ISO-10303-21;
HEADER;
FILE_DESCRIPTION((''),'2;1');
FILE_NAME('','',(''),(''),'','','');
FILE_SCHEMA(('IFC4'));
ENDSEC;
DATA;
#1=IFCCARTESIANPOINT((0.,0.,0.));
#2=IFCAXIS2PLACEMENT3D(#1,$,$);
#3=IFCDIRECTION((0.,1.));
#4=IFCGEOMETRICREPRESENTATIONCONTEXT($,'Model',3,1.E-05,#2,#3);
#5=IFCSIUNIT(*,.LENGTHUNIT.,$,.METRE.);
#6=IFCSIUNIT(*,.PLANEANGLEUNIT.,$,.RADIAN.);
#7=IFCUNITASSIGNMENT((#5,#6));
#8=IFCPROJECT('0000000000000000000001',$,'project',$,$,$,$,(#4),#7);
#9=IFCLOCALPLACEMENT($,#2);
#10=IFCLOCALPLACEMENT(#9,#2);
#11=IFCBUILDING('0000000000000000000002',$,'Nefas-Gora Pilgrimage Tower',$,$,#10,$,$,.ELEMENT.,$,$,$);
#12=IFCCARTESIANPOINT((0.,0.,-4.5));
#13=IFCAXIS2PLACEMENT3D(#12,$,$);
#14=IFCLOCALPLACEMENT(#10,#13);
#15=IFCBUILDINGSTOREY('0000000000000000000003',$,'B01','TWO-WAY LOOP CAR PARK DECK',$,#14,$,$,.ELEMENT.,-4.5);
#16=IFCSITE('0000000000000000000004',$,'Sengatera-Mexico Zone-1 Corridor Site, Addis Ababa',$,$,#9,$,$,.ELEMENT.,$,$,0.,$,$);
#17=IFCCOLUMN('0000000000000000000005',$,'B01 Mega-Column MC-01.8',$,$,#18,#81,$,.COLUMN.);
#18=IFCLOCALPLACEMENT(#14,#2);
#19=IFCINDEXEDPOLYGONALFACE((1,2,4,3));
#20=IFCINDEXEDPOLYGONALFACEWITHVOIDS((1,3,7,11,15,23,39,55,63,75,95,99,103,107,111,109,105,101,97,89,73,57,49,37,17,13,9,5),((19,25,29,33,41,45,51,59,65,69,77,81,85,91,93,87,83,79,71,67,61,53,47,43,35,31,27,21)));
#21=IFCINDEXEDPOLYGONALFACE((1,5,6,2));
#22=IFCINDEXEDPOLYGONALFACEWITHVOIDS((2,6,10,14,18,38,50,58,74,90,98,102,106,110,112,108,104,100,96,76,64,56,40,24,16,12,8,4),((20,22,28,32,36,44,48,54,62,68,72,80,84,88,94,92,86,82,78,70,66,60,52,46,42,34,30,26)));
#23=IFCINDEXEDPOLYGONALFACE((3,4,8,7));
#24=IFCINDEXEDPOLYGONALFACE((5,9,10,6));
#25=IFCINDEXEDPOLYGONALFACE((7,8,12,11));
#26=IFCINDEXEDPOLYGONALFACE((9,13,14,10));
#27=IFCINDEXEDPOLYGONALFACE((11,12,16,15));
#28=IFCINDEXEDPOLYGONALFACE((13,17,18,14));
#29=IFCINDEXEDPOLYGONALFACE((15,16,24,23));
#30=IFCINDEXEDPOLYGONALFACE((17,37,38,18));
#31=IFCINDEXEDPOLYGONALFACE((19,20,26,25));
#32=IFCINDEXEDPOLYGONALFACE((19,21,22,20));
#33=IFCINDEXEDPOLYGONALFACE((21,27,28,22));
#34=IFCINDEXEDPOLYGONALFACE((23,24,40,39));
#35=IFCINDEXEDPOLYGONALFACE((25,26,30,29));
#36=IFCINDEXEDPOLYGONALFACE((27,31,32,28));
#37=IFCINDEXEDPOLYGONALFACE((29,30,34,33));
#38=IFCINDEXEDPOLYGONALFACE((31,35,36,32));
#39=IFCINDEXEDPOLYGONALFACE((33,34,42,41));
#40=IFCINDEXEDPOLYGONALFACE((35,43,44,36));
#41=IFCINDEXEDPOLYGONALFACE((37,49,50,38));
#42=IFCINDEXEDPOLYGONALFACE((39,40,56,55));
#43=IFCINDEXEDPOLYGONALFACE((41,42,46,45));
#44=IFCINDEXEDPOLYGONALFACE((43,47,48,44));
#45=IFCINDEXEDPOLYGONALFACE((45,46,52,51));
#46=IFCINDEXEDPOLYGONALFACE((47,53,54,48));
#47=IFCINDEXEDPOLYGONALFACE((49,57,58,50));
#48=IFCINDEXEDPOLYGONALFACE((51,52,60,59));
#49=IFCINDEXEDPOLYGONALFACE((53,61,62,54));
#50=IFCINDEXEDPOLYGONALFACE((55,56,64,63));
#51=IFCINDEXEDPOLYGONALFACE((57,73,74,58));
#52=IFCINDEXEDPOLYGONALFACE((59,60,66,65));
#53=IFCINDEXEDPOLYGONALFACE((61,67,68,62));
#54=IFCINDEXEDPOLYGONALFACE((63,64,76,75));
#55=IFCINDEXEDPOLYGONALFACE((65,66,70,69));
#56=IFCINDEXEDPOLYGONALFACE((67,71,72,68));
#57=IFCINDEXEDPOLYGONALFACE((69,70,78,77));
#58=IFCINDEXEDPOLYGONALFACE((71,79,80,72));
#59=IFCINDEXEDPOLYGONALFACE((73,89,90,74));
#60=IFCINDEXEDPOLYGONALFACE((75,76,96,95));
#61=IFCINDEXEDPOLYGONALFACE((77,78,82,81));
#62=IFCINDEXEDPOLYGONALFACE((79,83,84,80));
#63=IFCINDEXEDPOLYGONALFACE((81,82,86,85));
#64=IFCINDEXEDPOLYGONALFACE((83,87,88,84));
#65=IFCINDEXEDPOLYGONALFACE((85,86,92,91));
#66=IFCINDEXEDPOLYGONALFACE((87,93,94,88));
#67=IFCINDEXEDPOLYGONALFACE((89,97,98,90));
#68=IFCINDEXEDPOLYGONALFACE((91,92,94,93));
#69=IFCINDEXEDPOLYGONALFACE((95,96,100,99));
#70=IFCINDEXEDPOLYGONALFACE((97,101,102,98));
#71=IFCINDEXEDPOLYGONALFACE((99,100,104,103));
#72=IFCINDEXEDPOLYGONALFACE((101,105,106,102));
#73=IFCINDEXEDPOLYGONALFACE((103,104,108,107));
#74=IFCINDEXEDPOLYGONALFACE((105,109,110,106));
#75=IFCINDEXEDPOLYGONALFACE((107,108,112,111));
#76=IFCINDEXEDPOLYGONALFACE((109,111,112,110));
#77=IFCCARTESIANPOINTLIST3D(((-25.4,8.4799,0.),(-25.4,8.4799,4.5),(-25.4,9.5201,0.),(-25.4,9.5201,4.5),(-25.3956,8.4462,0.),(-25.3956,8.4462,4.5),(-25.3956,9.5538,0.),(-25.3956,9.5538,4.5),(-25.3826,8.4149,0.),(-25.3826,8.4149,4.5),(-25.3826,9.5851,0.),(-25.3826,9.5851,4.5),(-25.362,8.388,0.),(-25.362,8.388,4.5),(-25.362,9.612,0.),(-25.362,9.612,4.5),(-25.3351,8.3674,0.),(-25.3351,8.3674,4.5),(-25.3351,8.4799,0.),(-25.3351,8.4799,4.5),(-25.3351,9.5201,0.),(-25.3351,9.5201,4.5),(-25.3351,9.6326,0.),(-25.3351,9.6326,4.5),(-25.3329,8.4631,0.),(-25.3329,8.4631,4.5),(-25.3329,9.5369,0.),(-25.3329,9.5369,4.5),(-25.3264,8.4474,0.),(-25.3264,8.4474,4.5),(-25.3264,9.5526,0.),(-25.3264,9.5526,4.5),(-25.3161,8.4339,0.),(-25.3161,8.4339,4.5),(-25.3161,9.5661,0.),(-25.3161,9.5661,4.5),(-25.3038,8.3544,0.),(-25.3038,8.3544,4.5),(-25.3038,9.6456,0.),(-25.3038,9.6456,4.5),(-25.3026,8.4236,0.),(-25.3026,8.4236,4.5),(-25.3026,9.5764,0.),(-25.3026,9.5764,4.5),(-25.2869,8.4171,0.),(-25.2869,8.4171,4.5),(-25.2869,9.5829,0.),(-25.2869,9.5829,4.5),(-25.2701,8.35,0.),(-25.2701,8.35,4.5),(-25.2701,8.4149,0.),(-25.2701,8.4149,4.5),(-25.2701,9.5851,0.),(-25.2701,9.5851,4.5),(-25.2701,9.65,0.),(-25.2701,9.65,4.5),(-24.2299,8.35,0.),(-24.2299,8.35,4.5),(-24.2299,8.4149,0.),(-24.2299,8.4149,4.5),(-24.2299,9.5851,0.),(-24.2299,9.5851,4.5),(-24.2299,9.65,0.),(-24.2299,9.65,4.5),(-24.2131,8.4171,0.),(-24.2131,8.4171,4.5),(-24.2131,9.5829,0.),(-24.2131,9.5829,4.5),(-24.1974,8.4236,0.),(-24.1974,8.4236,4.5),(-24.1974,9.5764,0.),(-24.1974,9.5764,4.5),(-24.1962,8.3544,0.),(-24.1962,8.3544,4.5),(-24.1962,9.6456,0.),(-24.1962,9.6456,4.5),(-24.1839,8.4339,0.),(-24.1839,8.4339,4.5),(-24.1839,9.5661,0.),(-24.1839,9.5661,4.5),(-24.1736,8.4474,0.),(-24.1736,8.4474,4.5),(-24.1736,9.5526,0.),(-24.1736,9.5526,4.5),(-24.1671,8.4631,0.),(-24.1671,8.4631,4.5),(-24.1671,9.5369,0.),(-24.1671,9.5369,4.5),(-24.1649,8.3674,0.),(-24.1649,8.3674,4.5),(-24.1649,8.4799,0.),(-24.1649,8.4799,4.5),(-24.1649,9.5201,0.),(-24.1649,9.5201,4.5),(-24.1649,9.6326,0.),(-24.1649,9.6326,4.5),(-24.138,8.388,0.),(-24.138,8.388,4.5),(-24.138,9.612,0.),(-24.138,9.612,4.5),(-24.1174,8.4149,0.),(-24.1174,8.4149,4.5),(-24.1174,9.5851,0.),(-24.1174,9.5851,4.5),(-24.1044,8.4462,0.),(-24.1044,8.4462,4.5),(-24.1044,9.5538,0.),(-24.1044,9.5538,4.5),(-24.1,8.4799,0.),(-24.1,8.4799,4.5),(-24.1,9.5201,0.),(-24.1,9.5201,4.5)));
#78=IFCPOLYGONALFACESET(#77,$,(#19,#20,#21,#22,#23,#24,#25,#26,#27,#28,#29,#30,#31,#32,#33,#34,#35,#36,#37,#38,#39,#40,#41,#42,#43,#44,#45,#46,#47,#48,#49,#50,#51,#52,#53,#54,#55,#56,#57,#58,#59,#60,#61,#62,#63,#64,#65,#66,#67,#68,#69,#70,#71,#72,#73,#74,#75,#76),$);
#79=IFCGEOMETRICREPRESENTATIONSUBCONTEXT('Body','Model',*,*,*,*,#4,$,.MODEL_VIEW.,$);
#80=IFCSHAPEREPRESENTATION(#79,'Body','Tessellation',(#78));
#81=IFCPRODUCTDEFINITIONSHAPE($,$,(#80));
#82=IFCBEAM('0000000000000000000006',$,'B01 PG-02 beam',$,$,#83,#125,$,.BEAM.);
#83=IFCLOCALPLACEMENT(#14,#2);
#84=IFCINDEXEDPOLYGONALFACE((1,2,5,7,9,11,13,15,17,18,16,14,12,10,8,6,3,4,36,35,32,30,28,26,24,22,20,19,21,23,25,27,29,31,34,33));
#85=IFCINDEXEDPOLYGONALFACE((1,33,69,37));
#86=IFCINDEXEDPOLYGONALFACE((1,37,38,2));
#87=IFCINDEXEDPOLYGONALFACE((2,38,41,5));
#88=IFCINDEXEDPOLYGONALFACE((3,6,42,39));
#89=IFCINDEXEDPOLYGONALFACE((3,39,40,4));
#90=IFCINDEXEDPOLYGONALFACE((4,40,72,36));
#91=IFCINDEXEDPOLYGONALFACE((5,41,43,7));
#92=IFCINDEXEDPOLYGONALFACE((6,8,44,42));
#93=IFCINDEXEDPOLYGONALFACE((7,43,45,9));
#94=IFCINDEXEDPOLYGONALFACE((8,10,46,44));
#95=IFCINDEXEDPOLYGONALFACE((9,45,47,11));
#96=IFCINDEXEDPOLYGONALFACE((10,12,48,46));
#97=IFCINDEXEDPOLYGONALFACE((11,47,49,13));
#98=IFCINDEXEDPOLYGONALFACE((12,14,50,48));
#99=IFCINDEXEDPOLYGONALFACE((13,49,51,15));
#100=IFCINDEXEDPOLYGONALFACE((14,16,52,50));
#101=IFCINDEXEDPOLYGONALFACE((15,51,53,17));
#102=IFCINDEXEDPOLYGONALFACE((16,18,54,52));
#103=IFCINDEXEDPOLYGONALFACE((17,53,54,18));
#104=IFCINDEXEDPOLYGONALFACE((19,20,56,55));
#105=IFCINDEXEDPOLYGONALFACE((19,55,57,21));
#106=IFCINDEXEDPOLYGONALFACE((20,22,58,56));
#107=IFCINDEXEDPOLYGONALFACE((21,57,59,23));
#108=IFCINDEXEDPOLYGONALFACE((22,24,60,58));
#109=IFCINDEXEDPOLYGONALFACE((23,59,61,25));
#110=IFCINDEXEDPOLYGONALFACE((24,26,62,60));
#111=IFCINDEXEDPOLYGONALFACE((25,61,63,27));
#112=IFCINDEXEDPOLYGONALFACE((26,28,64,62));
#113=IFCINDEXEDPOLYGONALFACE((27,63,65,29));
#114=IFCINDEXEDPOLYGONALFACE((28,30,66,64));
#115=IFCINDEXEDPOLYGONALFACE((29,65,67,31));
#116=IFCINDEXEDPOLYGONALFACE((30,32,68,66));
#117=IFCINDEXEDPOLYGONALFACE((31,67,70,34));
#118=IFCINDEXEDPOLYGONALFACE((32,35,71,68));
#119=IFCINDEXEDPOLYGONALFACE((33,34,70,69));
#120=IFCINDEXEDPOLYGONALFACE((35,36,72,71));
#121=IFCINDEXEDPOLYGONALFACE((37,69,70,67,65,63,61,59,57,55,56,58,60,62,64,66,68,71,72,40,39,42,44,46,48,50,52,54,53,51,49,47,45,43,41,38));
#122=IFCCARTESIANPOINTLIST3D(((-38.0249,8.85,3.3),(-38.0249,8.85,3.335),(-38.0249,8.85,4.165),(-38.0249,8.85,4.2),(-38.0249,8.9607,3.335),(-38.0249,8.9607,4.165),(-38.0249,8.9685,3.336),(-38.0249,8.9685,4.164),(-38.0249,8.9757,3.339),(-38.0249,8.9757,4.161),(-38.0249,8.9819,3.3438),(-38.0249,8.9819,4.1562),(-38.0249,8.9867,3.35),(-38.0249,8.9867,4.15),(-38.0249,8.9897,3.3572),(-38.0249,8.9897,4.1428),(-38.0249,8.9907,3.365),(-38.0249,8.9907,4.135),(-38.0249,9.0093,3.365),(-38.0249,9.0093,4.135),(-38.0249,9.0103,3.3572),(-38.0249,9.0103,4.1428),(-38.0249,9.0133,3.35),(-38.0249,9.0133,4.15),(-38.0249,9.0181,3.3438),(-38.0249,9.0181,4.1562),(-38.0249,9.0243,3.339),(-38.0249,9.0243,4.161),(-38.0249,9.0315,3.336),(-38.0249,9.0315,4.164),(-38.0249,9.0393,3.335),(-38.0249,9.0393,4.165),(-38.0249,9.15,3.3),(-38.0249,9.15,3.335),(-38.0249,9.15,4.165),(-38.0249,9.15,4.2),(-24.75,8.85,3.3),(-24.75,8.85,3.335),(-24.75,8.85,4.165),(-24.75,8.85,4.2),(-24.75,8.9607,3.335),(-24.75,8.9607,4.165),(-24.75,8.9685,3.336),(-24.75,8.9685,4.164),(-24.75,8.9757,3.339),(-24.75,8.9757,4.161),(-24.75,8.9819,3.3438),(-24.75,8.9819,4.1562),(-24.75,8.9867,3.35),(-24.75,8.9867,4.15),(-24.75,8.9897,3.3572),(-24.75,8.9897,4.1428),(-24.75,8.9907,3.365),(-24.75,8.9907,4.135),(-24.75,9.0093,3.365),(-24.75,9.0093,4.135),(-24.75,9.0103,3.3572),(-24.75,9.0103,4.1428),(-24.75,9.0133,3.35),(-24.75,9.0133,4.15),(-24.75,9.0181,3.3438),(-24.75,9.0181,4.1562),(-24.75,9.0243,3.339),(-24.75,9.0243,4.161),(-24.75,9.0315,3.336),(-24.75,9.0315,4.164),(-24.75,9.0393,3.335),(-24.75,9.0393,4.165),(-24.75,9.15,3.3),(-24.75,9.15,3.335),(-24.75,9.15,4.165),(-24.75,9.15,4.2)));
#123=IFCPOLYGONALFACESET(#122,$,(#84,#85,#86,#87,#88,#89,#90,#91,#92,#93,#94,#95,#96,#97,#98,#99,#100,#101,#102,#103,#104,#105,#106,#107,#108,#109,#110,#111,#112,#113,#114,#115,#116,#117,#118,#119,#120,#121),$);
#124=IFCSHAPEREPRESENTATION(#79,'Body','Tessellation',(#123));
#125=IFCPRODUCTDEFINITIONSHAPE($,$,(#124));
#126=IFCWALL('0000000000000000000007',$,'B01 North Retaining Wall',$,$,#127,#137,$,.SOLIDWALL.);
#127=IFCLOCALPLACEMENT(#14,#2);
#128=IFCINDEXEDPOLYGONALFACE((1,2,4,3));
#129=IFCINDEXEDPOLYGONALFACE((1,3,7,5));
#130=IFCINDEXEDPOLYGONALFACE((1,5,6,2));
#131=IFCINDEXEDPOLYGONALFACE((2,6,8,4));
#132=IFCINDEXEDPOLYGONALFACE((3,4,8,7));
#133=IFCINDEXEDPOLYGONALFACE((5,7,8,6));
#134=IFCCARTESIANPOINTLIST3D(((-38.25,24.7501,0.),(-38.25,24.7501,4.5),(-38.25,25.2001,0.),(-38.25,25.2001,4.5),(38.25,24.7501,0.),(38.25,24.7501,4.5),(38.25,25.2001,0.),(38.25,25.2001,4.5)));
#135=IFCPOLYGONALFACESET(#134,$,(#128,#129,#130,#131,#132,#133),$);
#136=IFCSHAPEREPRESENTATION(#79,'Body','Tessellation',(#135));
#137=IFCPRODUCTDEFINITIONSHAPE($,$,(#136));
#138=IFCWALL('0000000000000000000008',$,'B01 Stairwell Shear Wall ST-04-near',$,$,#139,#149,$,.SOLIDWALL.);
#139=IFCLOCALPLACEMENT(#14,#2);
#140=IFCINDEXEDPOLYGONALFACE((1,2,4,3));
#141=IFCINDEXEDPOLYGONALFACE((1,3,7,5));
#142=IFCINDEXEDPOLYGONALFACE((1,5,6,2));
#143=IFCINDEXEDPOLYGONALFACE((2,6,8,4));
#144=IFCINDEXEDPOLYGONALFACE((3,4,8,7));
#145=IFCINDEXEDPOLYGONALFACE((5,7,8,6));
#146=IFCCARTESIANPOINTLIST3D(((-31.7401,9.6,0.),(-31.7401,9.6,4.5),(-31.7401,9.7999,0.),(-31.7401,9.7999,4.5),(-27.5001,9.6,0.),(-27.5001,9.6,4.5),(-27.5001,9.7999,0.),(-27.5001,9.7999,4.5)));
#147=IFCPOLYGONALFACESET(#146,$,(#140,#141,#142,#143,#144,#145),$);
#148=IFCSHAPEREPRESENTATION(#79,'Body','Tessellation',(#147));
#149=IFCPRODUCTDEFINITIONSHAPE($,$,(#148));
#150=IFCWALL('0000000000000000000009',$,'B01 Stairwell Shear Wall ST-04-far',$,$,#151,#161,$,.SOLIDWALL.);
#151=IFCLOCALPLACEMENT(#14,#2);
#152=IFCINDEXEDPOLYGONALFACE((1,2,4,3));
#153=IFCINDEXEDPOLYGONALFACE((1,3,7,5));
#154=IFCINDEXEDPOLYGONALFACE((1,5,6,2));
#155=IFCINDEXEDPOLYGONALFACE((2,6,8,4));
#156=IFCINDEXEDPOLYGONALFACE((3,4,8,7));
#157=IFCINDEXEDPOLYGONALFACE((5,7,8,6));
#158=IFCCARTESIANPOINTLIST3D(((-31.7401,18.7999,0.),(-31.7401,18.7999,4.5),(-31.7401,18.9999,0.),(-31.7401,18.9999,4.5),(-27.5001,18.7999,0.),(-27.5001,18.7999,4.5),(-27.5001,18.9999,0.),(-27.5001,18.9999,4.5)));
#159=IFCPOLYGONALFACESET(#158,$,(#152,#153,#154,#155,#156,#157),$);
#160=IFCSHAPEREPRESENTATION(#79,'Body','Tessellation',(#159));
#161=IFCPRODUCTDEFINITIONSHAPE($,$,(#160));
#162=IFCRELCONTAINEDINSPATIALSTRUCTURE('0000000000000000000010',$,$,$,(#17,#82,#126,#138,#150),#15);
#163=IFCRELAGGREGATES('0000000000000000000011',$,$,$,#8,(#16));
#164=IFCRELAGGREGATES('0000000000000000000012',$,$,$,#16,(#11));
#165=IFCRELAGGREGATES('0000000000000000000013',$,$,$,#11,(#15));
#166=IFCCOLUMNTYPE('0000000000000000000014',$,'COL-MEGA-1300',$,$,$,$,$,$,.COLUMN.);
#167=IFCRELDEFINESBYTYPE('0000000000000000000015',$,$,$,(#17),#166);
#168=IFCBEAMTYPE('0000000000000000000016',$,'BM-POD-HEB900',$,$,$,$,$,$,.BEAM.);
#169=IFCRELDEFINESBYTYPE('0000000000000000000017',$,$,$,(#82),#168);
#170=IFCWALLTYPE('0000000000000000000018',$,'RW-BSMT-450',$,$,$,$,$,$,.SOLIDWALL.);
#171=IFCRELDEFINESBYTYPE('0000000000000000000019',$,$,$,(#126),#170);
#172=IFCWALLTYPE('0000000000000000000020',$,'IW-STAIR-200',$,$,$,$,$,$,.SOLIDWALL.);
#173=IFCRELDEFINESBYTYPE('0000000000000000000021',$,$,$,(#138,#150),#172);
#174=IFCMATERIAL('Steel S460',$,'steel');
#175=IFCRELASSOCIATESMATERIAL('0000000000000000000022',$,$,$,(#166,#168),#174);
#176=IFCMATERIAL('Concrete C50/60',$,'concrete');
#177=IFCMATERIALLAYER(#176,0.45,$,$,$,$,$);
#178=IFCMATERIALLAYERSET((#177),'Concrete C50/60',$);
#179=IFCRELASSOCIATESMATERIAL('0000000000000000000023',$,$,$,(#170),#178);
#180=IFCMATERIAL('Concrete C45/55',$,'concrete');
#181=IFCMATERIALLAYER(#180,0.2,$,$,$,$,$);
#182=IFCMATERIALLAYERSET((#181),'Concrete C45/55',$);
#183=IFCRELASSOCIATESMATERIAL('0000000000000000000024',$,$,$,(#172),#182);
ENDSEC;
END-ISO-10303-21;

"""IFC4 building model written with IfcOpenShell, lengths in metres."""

from ifc_helpers import new_model, si_unit, direction, frame, frame_2d, origin, origin_2d, place, context, subcontext, project, spatial, rectangle, hollow_rectangle, i_section, extrude, source, transform, mapped, material, layer, layer_set, material_profile, profile_set, type_object, element, save


model = new_model("IFC4")

# Units and contexts
model_context = context("Model", 3, precision=1e-05, world=origin(), true_north=direction((0.0, 1.0)))
body_context = subcontext(model_context, "Body", "Model", "MODEL_VIEW")
ifc_project = project(units=[si_unit("LENGTHUNIT", "METRE"), si_unit("PLANEANGLEUNIT", "RADIAN")], contexts=[model_context])

# Site, building, storey
site_placement = place(None, origin())
site = spatial("IfcSite", under=ifc_project, at=site_placement, Name="Sengatera-Mexico Zone-1 Corridor Site, Addis Ababa", CompositionType="ELEMENT", RefElevation=0.0)
building_placement = place(site_placement, origin())
building = spatial("IfcBuilding", under=site, at=building_placement, Name="Nefas-Gora Pilgrimage Tower", CompositionType="ELEMENT")
storey_placement = place(building_placement, frame((0.0, 0.0, -4.5)))
storey = spatial("IfcBuildingStorey", under=building, at=storey_placement, Name="B01", Description="TWO-WAY LOOP CAR PARK DECK", CompositionType="ELEMENT", Elevation=-4.5)

# Column
ifc_material_1 = material(Name="Steel S460", Category="steel")
ifc_material_profile_1 = material_profile(ifc_material_1, hollow_rectangle(XDim=1.3, YDim=1.3, WallThickness=0.0649, InnerFilletRadius=0.0649, OuterFilletRadius=0.1299, at=origin_2d()), Name="BOX 1300x1300x65")
ifc_profile_set_1 = profile_set([ifc_material_profile_1], Name="Steel S460")
column_type_1 = type_object("IfcColumnType", Name="COL-MEGA-1300", PredefinedType="COLUMN", material=ifc_profile_set_1)
shared_shape_1 = source(origin(), body_context, "Body", "SweptSolid", [
    extrude(hollow_rectangle(XDim=1.3, YDim=1.3, WallThickness=0.0649, InnerFilletRadius=0.0649, OuterFilletRadius=0.1299, at=origin_2d()), origin(), (0.0, 0.0, 1.0), 4.5),
])
column_placement = place(storey_placement, frame((-24.75, 9.0, 0.0), z_axis=(0.0, 0.0, 1.0), x_axis=(1.0, 0.0, 0.0)))
element("IfcColumn", 1, at=column_placement, inside=storey, type_object=column_type_1, Name="B01 Mega-Column MC-01.8", PredefinedType="COLUMN", context=body_context, shape_type="MappedRepresentation", body=[
    mapped(shared_shape_1, transform((0.0, 0.0, 0.0), x_axis=(1.0, 0.0, 0.0), y_axis=(0.0, 1.0, 0.0), z_axis=(0.0, 0.0, 1.0), scale=1.0)),
])

# Beam
ifc_material_profile_2 = material_profile(ifc_material_1, i_section(OverallWidth=0.3, OverallDepth=0.8999, WebThickness=0.0186, FlangeThickness=0.0349, FilletRadius=0.03, at=origin_2d()), Name="HEB 900")
ifc_profile_set_2 = profile_set([ifc_material_profile_2], Name="Steel S460")
beam_type = type_object("IfcBeamType", Name="BM-POD-HEB900", PredefinedType="BEAM", material=ifc_profile_set_2)
shared_shape_2 = source(origin(), body_context, "Body", "SweptSolid", [
    extrude(i_section(OverallWidth=0.3, OverallDepth=0.8999, WebThickness=0.0186, FlangeThickness=0.0349, FilletRadius=0.03, at=origin_2d()), origin(), (0.0, 0.0, 1.0), 13.2749),
])
beam_placement = place(storey_placement, frame((-38.0249, 9.0, 3.75), z_axis=(1.0, 0.0, 0.0), x_axis=(0.0, 1.0, 0.0)))
element("IfcBeam", 2, at=beam_placement, inside=storey, type_object=beam_type, Name="B01 PG-02 beam", PredefinedType="BEAM", context=body_context, shape_type="MappedRepresentation", body=[
    mapped(shared_shape_2, transform((0.0, 0.0, 0.0), x_axis=(1.0, 0.0, 0.0), y_axis=(0.0, 1.0, 0.0), z_axis=(0.0, 0.0, 1.0), scale=1.0)),
])

# Walls
ifc_material_2 = material(Name="Concrete C50/60", Category="concrete")
ifc_layer_1 = layer(ifc_material_2, 0.45)
ifc_layer_set_1 = layer_set([ifc_layer_1], Name="Concrete C50/60")
wall_type_1 = type_object("IfcWallType", Name="RW-BSMT-450", PredefinedType="SOLIDWALL", material=ifc_layer_set_1)
shared_shape_3 = source(origin(), body_context, "Body", "SweptSolid", [
    extrude(rectangle(XDim=76.5, YDim=0.45, at=frame_2d((38.25, 0.0))), origin(), (0.0, 0.0, 1.0), 4.5),
])
wall_1_placement = place(storey_placement, frame((-38.25, 24.9751, 0.0), z_axis=(0.0, 0.0, 1.0), x_axis=(1.0, 0.0, 0.0)))
element("IfcWall", 3, at=wall_1_placement, inside=storey, type_object=wall_type_1, Name="B01 North Retaining Wall", PredefinedType="SOLIDWALL", context=body_context, shape_type="MappedRepresentation", body=[
    mapped(shared_shape_3, transform((0.0, 0.0, 0.0), x_axis=(1.0, 0.0, 0.0), y_axis=(0.0, 1.0, 0.0), z_axis=(0.0, 0.0, 1.0), scale=1.0)),
])
ifc_material_3 = material(Name="Concrete C45/55", Category="concrete")
ifc_layer_2 = layer(ifc_material_3, 0.2)
ifc_layer_set_2 = layer_set([ifc_layer_2], Name="Concrete C45/55")
wall_type_2 = type_object("IfcWallType", Name="IW-STAIR-200", PredefinedType="SOLIDWALL", material=ifc_layer_set_2)
shared_shape_4 = source(origin(), body_context, "Body", "SweptSolid", [
    extrude(rectangle(XDim=4.24, YDim=0.2, at=frame_2d((2.1201, 0.0))), origin(), (0.0, 0.0, 1.0), 4.5),
])
for number, where, z_axis, x_axis, name in (
    (4, (-27.5, 9.7, 0.0), (0.0, 0.0, 1.0), (-1.0, 0.0, 0.0), "B01 Stairwell Shear Wall ST-04-near"),
    (5, (-27.5, 18.8999, 0.0), (0.0, 0.0, 1.0), (-1.0, 0.0, 0.0), "B01 Stairwell Shear Wall ST-04-far"),
):
    element("IfcWall", number, at=place(storey_placement, frame(where, z_axis=z_axis, x_axis=x_axis)), inside=storey, type_object=wall_type_2, Name=name, PredefinedType="SOLIDWALL", context=body_context, shape_type="MappedRepresentation", body=[
        mapped(shared_shape_4, transform((0.0, 0.0, 0.0), x_axis=(1.0, 0.0, 0.0), y_axis=(0.0, 1.0, 0.0), z_axis=(0.0, 0.0, 1.0), scale=1.0)),
    ])

save(model, "model.ifc")
